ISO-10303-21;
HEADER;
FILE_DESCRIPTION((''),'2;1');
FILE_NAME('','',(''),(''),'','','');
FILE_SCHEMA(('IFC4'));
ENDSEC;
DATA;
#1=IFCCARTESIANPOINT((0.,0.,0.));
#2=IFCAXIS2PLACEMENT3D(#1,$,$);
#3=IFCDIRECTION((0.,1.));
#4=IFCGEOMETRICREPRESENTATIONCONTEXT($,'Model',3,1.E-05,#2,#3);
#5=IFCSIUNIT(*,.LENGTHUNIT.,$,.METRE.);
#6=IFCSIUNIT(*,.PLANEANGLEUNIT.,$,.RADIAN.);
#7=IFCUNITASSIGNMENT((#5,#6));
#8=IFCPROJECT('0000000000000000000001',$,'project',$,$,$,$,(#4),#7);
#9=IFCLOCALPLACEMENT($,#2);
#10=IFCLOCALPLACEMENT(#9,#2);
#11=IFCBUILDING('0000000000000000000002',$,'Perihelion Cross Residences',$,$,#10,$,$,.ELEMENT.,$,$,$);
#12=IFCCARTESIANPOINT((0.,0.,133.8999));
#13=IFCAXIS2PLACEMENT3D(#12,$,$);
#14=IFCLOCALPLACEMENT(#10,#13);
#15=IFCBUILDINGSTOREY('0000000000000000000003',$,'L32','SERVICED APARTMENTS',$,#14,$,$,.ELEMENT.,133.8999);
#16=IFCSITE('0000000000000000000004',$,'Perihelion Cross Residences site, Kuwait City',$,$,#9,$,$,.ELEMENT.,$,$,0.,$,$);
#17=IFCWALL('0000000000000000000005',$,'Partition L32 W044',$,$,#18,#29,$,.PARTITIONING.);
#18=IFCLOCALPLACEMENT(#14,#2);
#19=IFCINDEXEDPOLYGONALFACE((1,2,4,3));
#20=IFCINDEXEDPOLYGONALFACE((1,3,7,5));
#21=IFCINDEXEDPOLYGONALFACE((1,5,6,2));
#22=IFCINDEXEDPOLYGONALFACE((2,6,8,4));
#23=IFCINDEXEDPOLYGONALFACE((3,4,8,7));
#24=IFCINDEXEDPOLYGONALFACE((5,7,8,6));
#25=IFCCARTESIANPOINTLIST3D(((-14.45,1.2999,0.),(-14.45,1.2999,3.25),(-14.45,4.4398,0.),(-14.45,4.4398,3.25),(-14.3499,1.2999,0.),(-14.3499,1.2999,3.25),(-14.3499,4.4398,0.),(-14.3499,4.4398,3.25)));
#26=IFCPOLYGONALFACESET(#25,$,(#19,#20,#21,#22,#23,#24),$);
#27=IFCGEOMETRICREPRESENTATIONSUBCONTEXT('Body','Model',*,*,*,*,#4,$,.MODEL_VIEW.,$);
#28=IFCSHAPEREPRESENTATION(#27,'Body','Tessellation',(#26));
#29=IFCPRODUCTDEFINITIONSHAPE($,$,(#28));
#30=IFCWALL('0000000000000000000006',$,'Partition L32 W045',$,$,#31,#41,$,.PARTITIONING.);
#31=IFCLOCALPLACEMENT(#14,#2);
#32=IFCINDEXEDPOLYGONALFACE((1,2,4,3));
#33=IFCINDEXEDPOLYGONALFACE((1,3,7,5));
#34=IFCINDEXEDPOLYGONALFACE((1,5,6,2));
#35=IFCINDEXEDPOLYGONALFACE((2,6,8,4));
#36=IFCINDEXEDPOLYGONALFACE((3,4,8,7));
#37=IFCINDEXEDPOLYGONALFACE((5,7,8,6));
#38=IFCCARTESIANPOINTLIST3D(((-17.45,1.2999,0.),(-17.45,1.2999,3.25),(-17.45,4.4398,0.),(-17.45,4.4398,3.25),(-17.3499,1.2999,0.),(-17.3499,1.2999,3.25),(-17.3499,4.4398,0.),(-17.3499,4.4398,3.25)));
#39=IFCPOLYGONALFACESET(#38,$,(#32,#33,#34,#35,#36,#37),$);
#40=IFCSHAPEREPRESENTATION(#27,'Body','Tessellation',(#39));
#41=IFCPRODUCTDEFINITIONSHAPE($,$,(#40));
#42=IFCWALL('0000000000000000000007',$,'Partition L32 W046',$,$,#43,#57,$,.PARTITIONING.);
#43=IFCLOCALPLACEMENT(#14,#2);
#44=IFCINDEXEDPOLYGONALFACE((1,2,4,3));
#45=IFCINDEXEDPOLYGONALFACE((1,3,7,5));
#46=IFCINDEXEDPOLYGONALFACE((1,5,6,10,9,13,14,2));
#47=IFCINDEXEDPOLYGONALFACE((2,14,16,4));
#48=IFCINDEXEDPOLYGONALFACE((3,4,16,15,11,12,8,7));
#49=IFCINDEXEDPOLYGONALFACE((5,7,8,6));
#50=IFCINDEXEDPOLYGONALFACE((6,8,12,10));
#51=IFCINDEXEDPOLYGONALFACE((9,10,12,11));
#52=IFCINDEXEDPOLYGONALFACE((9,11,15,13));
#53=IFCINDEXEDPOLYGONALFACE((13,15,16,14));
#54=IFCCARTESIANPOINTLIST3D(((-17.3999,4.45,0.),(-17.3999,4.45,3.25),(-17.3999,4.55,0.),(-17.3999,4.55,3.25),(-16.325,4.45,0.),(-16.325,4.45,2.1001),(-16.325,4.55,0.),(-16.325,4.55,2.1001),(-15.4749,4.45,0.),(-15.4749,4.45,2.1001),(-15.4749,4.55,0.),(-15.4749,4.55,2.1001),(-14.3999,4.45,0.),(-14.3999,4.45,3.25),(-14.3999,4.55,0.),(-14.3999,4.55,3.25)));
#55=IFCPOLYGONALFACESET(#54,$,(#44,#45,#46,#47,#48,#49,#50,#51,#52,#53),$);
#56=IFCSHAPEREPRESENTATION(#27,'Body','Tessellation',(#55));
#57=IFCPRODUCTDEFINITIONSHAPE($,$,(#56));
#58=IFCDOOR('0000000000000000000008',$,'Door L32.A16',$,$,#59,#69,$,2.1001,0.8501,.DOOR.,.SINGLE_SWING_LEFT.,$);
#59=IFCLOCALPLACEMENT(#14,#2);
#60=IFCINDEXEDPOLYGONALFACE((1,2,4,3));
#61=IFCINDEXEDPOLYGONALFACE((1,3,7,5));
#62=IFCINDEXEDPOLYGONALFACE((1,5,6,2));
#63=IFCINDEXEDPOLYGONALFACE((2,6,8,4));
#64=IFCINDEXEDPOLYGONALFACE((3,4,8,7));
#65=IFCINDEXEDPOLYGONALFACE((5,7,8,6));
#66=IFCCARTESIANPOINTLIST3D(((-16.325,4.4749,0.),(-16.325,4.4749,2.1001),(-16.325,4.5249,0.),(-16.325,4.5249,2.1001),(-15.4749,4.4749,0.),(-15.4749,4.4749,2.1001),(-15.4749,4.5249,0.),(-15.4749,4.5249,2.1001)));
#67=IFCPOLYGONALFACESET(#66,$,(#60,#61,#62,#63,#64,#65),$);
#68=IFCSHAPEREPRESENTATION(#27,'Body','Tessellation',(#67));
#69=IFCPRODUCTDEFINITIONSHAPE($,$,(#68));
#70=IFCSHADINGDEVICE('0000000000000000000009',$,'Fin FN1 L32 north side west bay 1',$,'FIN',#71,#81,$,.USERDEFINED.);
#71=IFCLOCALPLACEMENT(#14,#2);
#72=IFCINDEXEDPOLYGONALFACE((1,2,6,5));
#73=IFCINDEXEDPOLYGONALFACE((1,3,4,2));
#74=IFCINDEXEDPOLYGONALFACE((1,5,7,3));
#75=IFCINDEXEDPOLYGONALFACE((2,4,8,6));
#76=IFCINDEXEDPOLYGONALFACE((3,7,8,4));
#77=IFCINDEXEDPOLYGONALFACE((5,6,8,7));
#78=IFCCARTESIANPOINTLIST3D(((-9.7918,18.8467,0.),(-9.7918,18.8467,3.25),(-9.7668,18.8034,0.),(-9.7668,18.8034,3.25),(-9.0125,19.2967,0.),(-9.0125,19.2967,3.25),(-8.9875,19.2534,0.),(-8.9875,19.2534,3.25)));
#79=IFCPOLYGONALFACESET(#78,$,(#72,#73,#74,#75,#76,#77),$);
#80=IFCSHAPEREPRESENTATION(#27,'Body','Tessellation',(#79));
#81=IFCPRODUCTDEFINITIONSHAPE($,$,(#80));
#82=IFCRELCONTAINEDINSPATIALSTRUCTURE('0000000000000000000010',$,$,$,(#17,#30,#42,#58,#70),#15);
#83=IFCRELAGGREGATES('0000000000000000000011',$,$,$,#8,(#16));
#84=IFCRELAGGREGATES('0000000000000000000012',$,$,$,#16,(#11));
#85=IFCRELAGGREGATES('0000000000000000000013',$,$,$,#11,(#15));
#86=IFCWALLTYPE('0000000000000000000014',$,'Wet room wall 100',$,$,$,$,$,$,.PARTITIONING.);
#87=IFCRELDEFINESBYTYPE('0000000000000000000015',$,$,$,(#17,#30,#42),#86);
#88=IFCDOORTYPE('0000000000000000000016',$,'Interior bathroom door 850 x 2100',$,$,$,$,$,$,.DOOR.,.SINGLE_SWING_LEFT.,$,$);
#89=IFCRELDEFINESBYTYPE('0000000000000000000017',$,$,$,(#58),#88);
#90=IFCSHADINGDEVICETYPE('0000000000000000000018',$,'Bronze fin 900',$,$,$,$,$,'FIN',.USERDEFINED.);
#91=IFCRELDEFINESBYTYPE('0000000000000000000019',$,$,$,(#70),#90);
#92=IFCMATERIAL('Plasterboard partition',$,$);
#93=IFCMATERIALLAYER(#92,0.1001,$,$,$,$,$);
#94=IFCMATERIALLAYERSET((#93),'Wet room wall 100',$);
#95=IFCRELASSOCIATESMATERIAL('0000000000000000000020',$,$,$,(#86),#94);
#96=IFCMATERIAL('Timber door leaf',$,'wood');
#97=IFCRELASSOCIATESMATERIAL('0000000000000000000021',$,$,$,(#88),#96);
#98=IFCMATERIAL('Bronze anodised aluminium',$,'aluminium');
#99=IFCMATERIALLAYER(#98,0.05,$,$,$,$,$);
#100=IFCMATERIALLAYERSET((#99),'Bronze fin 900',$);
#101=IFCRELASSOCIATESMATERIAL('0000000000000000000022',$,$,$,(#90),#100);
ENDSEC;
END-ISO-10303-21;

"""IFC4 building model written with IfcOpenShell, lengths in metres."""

from ifc_helpers import new_model, si_unit, direction, frame, frame_2d, origin, origin_2d, place, context, subcontext, project, spatial, rectangle, extrude, material, layer, layer_set, type_object, element, fill, save


model = new_model("IFC4")

# Units and contexts
model_context = context("Model", 3, precision=1e-05, world=origin(), true_north=direction((0.0, 1.0)))
body_context = subcontext(model_context, "Body", "Model", "MODEL_VIEW")
ifc_project = project(units=[si_unit("LENGTHUNIT", "METRE"), si_unit("PLANEANGLEUNIT", "RADIAN")], contexts=[model_context])

# Site, building, storey
site_placement = place(None, origin())
site = spatial("IfcSite", under=ifc_project, at=site_placement, Name="Perihelion Cross Residences site, Kuwait City", CompositionType="ELEMENT", RefElevation=0.0)
building_placement = place(site_placement, origin())
building = spatial("IfcBuilding", under=site, at=building_placement, Name="Perihelion Cross Residences", CompositionType="ELEMENT")
storey_placement = place(building_placement, frame((0.0, 0.0, 133.8999)))
storey = spatial("IfcBuildingStorey", under=building, at=storey_placement, Name="L32", Description="SERVICED APARTMENTS", CompositionType="ELEMENT", Elevation=133.8999)

# Walls
ifc_material_1 = material(Name="Plasterboard partition")
ifc_layer_1 = layer(ifc_material_1, 0.1001)
ifc_layer_set_1 = layer_set([ifc_layer_1], Name="Wet room wall 100")
wall_type_1 = type_object("IfcWallType", Name="Wet room wall 100", PredefinedType="PARTITIONING", material=ifc_layer_set_1)
for number, where, z_axis, x_axis, name in (
    (1, (-14.3999, 1.3, 0.0), (0.0, 0.0, 1.0), (0.0, 1.0, 0.0), "Partition L32 W044"),
    (2, (-17.3999, 1.3, 0.0), (0.0, 0.0, 1.0), (0.0, 1.0, 0.0), "Partition L32 W045"),
):
    element("IfcWall", number, at=place(storey_placement, frame(where, z_axis=z_axis, x_axis=x_axis)), inside=storey, type_object=wall_type_1, Name=name, PredefinedType="PARTITIONING", context=body_context, shape_type="SweptSolid", body=[
        extrude(rectangle(XDim=3.1399, YDim=0.1001, at=frame_2d((1.5698, 0.0))), origin(), (0.0, 0.0, 1.0), 3.25),
    ])

# Wall, opening, door
wall_1_placement = place(storey_placement, frame((-17.3999, 4.5, 0.0), z_axis=(0.0, 0.0, 1.0), x_axis=(1.0, 0.0, 0.0)))
wall_1 = element("IfcWall", 3, at=wall_1_placement, inside=storey, type_object=wall_type_1, Name="Partition L32 W046", PredefinedType="PARTITIONING", context=body_context, shape_type="SweptSolid", body=[
    extrude(rectangle(XDim=3.0, YDim=0.1001, at=frame_2d((1.5, 0.0))), origin(), (0.0, 0.0, 1.0), 3.25),
])
opening_1_placement = place(wall_1_placement, frame((1.075, 0.0, 0.0)))
opening_1 = element("IfcOpeningElement", 4, at=opening_1_placement, cuts=wall_1, PredefinedType="OPENING", context=body_context, shape_type="SweptSolid", body=[
    extrude(rectangle(XDim=0.8501, YDim=2.1001, at=frame_2d((0.425, 1.05))), frame((0.0, 0.0601, 0.0), z_axis=(0.0, -1.0, 0.0), x_axis=(1.0, 0.0, 0.0)), (0.0, 0.0, 1.0), 0.1201),
])
ifc_material_2 = material(Name="Timber door leaf", Category="wood")
door_type_1 = type_object("IfcDoorType", Name="Interior bathroom door 850 x 2100", OperationType="SINGLE_SWING_LEFT", PredefinedType="DOOR", material=ifc_material_2)
door_1_placement = place(opening_1_placement, origin())
door_1 = element("IfcDoor", 5, at=door_1_placement, inside=storey, type_object=door_type_1, Name="Door L32.A16", OperationType="SINGLE_SWING_LEFT", OverallHeight=2.1001, OverallWidth=0.8501, PredefinedType="DOOR", context=body_context, shape_type="SweptSolid", body=[
    extrude(rectangle(XDim=0.8501, YDim=2.1001, at=frame_2d((0.425, 1.05))), frame((0.0, 0.0249, 0.0), z_axis=(0.0, -1.0, 0.0), x_axis=(1.0, 0.0, 0.0)), (0.0, 0.0, 1.0), 0.05),
])
fill(opening_1, door_1)

# Shading device
ifc_material_3 = material(Name="Bronze anodised aluminium", Category="aluminium")
ifc_layer_2 = layer(ifc_material_3, 0.05)
ifc_layer_set_2 = layer_set([ifc_layer_2], Name="Bronze fin 900")
shading_device_type = type_object("IfcShadingDeviceType", Name="Bronze fin 900", ElementType="FIN", PredefinedType="USERDEFINED", material=ifc_layer_set_2)
shading_device_placement = place(storey_placement, frame((-9.3896, 19.05, 0.0), z_axis=(0.0, 0.0, 1.0), x_axis=(-0.866025, -0.5, 0.0)))
element("IfcShadingDevice", 6, at=shading_device_placement, inside=storey, type_object=shading_device_type, Name="Fin FN1 L32 north side west bay 1", ObjectType="FIN", PredefinedType="USERDEFINED", context=body_context, shape_type="SweptSolid", body=[
    extrude(rectangle(XDim=0.8999, YDim=0.05, at=origin_2d()), origin(), (0.0, 0.0, 1.0), 3.25),
])

save(model, "model.ifc")
